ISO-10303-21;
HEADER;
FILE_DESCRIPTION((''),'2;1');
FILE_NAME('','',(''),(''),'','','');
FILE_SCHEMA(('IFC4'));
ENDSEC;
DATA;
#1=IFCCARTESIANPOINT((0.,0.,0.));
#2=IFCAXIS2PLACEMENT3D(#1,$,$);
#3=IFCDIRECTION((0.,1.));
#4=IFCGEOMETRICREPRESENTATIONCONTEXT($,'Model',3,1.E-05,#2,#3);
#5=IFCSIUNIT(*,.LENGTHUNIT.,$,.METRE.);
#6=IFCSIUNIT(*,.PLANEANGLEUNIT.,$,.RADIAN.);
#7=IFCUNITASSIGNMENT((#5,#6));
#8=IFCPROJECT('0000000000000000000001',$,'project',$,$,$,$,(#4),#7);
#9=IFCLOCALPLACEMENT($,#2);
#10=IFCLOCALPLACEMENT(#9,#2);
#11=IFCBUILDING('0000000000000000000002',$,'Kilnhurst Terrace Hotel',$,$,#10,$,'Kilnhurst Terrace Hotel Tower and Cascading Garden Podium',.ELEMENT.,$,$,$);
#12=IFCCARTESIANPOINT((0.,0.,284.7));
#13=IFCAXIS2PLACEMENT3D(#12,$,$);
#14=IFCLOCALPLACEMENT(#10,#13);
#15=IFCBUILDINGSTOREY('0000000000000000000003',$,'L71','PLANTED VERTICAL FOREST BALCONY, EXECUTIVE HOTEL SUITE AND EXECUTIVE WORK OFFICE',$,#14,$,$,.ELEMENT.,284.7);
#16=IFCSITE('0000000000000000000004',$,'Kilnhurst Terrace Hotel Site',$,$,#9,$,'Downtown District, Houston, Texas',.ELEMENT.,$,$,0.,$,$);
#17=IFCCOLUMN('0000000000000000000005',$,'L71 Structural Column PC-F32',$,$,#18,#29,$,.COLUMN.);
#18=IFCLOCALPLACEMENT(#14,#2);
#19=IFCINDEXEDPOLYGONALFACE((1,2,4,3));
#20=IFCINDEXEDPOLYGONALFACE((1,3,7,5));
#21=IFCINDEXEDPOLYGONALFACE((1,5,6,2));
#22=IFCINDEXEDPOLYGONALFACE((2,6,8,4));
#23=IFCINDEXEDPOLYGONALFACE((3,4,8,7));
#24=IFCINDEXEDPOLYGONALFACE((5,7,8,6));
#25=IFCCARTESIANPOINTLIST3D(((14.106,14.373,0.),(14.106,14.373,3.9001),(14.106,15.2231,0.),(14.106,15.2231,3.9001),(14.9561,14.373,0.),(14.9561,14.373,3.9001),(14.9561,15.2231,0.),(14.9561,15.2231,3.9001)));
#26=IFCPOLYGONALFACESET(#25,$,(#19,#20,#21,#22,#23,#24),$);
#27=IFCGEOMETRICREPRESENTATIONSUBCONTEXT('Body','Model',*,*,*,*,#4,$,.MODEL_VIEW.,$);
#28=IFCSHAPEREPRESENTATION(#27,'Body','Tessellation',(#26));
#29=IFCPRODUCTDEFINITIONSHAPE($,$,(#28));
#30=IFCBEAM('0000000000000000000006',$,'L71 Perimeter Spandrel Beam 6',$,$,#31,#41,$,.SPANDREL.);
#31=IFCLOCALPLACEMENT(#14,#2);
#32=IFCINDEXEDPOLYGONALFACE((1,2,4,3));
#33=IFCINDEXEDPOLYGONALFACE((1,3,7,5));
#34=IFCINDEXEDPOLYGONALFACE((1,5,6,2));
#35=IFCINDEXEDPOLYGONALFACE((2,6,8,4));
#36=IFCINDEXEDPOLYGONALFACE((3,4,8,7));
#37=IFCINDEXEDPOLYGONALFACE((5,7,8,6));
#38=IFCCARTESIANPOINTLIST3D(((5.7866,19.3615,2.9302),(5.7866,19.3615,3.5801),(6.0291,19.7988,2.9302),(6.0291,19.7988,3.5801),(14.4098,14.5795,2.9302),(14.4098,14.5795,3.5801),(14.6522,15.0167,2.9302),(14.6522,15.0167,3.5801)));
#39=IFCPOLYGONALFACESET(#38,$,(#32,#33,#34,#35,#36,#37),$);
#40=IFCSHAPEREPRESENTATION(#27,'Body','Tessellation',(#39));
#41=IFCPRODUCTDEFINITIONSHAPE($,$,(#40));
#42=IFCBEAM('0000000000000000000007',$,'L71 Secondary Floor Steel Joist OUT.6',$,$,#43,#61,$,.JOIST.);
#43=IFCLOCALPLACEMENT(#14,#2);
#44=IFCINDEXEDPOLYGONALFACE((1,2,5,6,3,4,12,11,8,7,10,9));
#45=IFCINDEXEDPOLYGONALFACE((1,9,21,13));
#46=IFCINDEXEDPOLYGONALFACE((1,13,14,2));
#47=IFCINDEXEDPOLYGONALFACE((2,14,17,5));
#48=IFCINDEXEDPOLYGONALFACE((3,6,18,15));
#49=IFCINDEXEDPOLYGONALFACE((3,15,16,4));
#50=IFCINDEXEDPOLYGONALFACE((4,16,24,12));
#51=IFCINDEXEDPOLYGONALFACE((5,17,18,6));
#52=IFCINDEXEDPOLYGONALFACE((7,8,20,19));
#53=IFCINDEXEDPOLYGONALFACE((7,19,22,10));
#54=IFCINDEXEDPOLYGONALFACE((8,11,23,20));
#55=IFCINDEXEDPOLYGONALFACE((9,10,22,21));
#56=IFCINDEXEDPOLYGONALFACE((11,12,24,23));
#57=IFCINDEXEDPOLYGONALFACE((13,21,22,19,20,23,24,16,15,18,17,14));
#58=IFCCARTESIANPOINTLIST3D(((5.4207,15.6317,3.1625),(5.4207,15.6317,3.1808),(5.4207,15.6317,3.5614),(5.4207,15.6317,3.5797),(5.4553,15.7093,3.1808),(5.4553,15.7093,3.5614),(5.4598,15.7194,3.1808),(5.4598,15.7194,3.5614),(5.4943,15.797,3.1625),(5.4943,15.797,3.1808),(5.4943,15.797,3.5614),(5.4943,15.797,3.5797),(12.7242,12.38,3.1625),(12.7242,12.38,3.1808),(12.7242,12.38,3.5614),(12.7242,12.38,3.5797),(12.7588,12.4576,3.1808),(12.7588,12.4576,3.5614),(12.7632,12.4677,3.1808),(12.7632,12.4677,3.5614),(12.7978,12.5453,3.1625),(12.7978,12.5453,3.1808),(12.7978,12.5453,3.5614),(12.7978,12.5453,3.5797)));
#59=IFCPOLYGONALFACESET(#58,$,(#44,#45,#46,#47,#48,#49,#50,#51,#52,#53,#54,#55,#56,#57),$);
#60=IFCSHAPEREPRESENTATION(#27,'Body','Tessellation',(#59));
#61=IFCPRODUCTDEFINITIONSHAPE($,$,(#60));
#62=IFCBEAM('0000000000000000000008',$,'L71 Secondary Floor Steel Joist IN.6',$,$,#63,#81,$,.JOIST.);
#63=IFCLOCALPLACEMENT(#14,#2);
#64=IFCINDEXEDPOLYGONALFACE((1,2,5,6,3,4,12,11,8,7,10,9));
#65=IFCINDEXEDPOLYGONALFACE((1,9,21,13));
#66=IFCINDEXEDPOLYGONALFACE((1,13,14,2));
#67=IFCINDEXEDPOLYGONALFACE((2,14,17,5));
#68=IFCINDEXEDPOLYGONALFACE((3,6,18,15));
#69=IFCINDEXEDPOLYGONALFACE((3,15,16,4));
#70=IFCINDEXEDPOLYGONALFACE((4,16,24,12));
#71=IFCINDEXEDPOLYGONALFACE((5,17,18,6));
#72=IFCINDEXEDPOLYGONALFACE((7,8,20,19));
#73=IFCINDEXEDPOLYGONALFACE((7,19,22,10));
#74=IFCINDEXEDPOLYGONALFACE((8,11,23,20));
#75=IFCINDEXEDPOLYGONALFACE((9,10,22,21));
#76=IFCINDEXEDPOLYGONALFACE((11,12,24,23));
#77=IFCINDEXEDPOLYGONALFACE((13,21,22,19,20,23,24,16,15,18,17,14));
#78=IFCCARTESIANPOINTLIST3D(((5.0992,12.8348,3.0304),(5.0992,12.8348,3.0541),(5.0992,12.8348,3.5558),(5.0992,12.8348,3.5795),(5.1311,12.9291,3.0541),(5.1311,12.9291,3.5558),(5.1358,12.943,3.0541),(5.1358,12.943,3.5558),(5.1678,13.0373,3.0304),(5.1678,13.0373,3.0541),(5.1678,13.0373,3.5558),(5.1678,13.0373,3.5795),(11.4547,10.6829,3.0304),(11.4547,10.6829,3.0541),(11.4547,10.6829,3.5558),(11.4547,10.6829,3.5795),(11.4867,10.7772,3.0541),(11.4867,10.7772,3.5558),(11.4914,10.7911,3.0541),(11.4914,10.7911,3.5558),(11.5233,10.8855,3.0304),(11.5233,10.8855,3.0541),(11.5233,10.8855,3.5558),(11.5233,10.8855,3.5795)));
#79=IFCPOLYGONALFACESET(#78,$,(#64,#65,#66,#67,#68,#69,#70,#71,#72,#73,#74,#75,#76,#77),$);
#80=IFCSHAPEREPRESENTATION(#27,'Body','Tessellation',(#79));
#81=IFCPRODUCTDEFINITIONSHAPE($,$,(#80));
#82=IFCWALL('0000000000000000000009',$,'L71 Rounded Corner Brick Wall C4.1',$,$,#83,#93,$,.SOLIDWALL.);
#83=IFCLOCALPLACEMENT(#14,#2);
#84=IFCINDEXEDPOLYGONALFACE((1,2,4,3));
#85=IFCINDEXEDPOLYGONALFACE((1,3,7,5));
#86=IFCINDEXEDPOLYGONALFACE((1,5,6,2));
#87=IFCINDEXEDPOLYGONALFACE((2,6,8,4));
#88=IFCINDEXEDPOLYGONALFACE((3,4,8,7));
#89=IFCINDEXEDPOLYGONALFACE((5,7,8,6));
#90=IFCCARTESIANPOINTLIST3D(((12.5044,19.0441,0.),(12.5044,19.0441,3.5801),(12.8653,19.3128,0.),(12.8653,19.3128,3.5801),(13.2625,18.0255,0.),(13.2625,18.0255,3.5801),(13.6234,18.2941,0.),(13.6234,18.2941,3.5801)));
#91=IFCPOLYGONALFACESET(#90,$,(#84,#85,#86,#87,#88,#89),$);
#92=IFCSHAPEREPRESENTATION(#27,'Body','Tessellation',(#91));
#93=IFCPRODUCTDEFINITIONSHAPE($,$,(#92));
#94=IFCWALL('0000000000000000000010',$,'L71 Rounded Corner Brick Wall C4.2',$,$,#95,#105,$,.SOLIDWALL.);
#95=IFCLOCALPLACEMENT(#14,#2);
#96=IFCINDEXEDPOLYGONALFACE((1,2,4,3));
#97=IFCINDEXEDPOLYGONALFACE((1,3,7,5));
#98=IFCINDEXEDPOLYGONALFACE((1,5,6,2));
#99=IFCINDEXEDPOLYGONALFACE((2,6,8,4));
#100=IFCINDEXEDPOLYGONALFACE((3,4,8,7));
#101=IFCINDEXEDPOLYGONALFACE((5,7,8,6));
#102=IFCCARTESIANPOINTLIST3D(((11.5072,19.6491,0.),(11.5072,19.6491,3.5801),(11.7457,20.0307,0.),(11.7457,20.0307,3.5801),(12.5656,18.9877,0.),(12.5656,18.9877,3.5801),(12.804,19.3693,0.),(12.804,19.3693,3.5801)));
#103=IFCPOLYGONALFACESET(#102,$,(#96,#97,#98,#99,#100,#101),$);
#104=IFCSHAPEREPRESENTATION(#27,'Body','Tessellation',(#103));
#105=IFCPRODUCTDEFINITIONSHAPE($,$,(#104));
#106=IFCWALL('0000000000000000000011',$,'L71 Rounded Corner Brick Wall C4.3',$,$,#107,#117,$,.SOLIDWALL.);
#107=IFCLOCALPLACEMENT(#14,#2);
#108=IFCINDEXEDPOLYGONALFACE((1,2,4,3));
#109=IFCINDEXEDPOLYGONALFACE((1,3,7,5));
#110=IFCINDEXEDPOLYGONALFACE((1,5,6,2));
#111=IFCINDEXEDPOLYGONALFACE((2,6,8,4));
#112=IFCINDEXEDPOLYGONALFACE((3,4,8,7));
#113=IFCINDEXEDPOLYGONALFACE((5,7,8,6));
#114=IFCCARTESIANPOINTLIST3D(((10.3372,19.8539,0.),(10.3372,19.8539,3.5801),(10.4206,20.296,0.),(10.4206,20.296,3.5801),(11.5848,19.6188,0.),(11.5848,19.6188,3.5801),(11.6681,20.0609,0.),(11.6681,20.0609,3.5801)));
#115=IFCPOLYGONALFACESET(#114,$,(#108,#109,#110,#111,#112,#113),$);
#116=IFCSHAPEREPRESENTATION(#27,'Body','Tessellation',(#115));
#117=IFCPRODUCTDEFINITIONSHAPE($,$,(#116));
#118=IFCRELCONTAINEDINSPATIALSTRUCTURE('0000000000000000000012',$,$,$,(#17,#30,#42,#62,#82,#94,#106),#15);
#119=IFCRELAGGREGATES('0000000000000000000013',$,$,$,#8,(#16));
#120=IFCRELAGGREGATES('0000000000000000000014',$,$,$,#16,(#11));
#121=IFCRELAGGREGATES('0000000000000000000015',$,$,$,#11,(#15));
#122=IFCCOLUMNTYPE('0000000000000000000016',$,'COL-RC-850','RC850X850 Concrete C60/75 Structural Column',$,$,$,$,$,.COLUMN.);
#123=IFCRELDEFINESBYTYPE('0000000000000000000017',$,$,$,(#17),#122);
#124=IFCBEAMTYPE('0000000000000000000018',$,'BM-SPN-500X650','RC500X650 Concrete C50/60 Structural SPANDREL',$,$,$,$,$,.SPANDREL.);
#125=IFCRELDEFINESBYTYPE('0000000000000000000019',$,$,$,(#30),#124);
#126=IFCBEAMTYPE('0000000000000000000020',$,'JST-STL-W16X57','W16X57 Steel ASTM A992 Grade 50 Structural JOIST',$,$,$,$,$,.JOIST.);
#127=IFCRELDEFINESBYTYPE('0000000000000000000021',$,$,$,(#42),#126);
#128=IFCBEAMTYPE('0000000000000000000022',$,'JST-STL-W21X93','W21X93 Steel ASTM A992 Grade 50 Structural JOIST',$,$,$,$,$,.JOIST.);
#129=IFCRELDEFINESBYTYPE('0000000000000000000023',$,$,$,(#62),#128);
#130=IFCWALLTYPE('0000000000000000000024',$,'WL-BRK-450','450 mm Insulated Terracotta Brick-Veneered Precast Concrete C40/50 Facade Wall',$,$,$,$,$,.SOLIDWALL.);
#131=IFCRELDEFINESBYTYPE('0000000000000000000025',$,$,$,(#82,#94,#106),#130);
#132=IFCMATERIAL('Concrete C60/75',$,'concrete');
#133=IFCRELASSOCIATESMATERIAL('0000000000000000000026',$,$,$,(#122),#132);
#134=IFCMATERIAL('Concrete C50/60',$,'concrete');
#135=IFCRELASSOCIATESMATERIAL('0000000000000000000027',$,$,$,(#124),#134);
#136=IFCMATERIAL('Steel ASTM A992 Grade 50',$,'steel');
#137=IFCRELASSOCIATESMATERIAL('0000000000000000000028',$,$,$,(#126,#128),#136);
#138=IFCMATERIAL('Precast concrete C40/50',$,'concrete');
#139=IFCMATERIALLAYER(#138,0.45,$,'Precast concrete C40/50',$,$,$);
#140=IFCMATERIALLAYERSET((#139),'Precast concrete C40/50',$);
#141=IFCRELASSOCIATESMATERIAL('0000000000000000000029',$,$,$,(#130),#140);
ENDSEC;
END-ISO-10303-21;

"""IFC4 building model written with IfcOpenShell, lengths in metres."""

from ifc_helpers import new_model, si_unit, direction, frame, frame_2d, origin, origin_2d, place, context, subcontext, project, spatial, rectangle, i_section, extrude, material, layer, layer_set, material_profile, profile_set, type_object, element, save


model = new_model("IFC4")

# Units and contexts
model_context = context("Model", 3, precision=1e-05, world=origin(), true_north=direction((0.0, 1.0)))
body_context = subcontext(model_context, "Body", "Model", "MODEL_VIEW")
ifc_project = project(units=[si_unit("LENGTHUNIT", "METRE"), si_unit("PLANEANGLEUNIT", "RADIAN")], contexts=[model_context])

# Site, building, storey
site_placement = place(None, origin())
site = spatial("IfcSite", under=ifc_project, at=site_placement, Name="Kilnhurst Terrace Hotel Site", LongName="Downtown District, Houston, Texas", CompositionType="ELEMENT", RefElevation=0.0)
building_placement = place(site_placement, origin())
building = spatial("IfcBuilding", under=site, at=building_placement, Name="Kilnhurst Terrace Hotel", LongName="Kilnhurst Terrace Hotel Tower and Cascading Garden Podium", CompositionType="ELEMENT")
storey_placement = place(building_placement, frame((0.0, 0.0, 284.7)))
storey = spatial("IfcBuildingStorey", under=building, at=storey_placement, Name="L71", Description="PLANTED VERTICAL FOREST BALCONY, EXECUTIVE HOTEL SUITE AND EXECUTIVE WORK OFFICE", CompositionType="ELEMENT", Elevation=284.7)

# Column
ifc_material_1 = material(Name="Concrete C60/75", Category="concrete")
ifc_material_profile_1 = material_profile(ifc_material_1, rectangle(XDim=0.8501, YDim=0.8501, at=origin_2d()), Name="RC850X850")
ifc_profile_set_1 = profile_set([ifc_material_profile_1], Name="Concrete C60/75")
column_type = type_object("IfcColumnType", Name="COL-RC-850", Description="RC850X850 Concrete C60/75 Structural Column", PredefinedType="COLUMN", material=ifc_profile_set_1)
column_placement = place(storey_placement, frame((14.531, 14.7981, 0.0), z_axis=(0.0, 0.0, 1.0), x_axis=(1.0, 0.0, 0.0)))
element("IfcColumn", 1, at=column_placement, inside=storey, type_object=column_type, Name="L71 Structural Column PC-F32", PredefinedType="COLUMN", context=body_context, shape_type="SweptSolid", body=[
    extrude(rectangle(XDim=0.8501, YDim=0.8501, at=origin_2d()), origin(), (0.0, 0.0, 1.0), 3.9001),
])

# Beams
ifc_material_2 = material(Name="Concrete C50/60", Category="concrete")
ifc_material_profile_2 = material_profile(ifc_material_2, rectangle(XDim=0.5, YDim=0.6499, at=origin_2d()), Name="RC500X650")
ifc_profile_set_2 = profile_set([ifc_material_profile_2], Name="Concrete C50/60")
beam_type_1 = type_object("IfcBeamType", Name="BM-SPN-500X650", Description="RC500X650 Concrete C50/60 Structural SPANDREL", PredefinedType="SPANDREL", material=ifc_profile_set_2)
beam_1_placement = place(storey_placement, frame((14.531, 14.7981, 3.2551), z_axis=(-0.874527, 0.484976, 0.0), x_axis=(-0.484976, -0.874527, 0.0)))
element("IfcBeam", 2, at=beam_1_placement, inside=storey, type_object=beam_type_1, Name="L71 Perimeter Spandrel Beam 6", PredefinedType="SPANDREL", context=body_context, shape_type="SweptSolid", body=[
    extrude(rectangle(XDim=0.5, YDim=0.6499, at=origin_2d()), origin(), (0.0, 0.0, 1.0), 9.8604),
])
ifc_material_3 = material(Name="Steel ASTM A992 Grade 50", Category="steel")
ifc_material_profile_3 = material_profile(ifc_material_3, i_section(OverallWidth=0.1809, OverallDepth=0.4172, WebThickness=0.011, FlangeThickness=0.0183, at=origin_2d()), Name="W16X57")
ifc_profile_set_3 = profile_set([ifc_material_profile_3], Name="Steel ASTM A992 Grade 50")
beam_type_2 = type_object("IfcBeamType", Name="JST-STL-W16X57", Description="W16X57 Steel ASTM A992 Grade 50 Structural JOIST", PredefinedType="JOIST", material=ifc_profile_set_3)
beam_2_placement = place(storey_placement, frame((12.761, 12.4626, 3.3711), z_axis=(-0.913546, 0.406736, 0.0), x_axis=(-0.406736, -0.913546, 0.0)))
element("IfcBeam", 3, at=beam_2_placement, inside=storey, type_object=beam_type_2, Name="L71 Secondary Floor Steel Joist OUT.6", PredefinedType="JOIST", context=body_context, shape_type="SweptSolid", body=[
    extrude(i_section(OverallWidth=0.1809, OverallDepth=0.4172, WebThickness=0.011, FlangeThickness=0.0183, at=origin_2d()), origin(), (0.0, 0.0, 1.0), 7.9946),
])
ifc_material_profile_4 = material_profile(ifc_material_3, i_section(OverallWidth=0.2139, OverallDepth=0.5491, WebThickness=0.0146, FlangeThickness=0.0237, at=origin_2d()), Name="W21X93")
ifc_profile_set_4 = profile_set([ifc_material_profile_4], Name="Steel ASTM A992 Grade 50")
beam_type_3 = type_object("IfcBeamType", Name="JST-STL-W21X93", Description="W21X93 Steel ASTM A992 Grade 50 Structural JOIST", PredefinedType="JOIST", material=ifc_profile_set_4)
beam_3_placement = place(storey_placement, frame((11.489, 10.7842, 3.3049), z_axis=(-0.947181, 0.3207, 0.0), x_axis=(-0.3207, -0.947181, 0.0)))
element("IfcBeam", 4, at=beam_3_placement, inside=storey, type_object=beam_type_3, Name="L71 Secondary Floor Steel Joist IN.6", PredefinedType="JOIST", context=body_context, shape_type="SweptSolid", body=[
    extrude(i_section(OverallWidth=0.2139, OverallDepth=0.5491, WebThickness=0.0146, FlangeThickness=0.0237, at=origin_2d()), origin(), (0.0, 0.0, 1.0), 6.71),
])

# Walls
ifc_material_4 = material(Name="Precast concrete C40/50", Category="concrete")
ifc_layer_1 = layer(ifc_material_4, 0.45, Name="Precast concrete C40/50")
ifc_layer_set_1 = layer_set([ifc_layer_1], Name="Precast concrete C40/50")
wall_type_1 = type_object("IfcWallType", Name="WL-BRK-450", Description="450 mm Insulated Terracotta Brick-Veneered Precast Concrete C40/50 Facade Wall", PredefinedType="SOLIDWALL", material=ifc_layer_set_1)
wall_1_placement = place(storey_placement, frame((13.4429, 18.1599, 0.0), z_axis=(0.0, 0.0, 1.0), x_axis=(-0.597042, 0.80221, 0.0)))
element("IfcWall", 5, at=wall_1_placement, inside=storey, type_object=wall_type_1, Name="L71 Rounded Corner Brick Wall C4.1", PredefinedType="SOLIDWALL", context=body_context, shape_type="SweptSolid", body=[
    extrude(rectangle(XDim=1.2698, YDim=0.45, at=frame_2d((0.6348, 0.0))), origin(), (0.0, 0.0, 1.0), 3.5801),
])
wall_2_placement = place(storey_placement, frame((12.6848, 19.1785, 0.0), z_axis=(0.0, 0.0, 1.0), x_axis=(-0.848031, 0.529946, 0.0)))
element("IfcWall", 6, at=wall_2_placement, inside=storey, type_object=wall_type_1, Name="L71 Rounded Corner Brick Wall C4.2", PredefinedType="SOLIDWALL", context=body_context, shape_type="SweptSolid", body=[
    extrude(rectangle(XDim=1.248, YDim=0.45, at=frame_2d((0.624, 0.0))), origin(), (0.0, 0.0, 1.0), 3.5801),
])
wall_3_placement = place(storey_placement, frame((11.6265, 19.8398, 0.0), z_axis=(0.0, 0.0, 1.0), x_axis=(-0.982702, 0.185194, 0.0)))
element("IfcWall", 7, at=wall_3_placement, inside=storey, type_object=wall_type_1, Name="L71 Rounded Corner Brick Wall C4.3", PredefinedType="SOLIDWALL", context=body_context, shape_type="SweptSolid", body=[
    extrude(rectangle(XDim=1.2695, YDim=0.45, at=frame_2d((0.6348, 0.0))), origin(), (0.0, 0.0, 1.0), 3.5801),
])

save(model, "model.ifc")
